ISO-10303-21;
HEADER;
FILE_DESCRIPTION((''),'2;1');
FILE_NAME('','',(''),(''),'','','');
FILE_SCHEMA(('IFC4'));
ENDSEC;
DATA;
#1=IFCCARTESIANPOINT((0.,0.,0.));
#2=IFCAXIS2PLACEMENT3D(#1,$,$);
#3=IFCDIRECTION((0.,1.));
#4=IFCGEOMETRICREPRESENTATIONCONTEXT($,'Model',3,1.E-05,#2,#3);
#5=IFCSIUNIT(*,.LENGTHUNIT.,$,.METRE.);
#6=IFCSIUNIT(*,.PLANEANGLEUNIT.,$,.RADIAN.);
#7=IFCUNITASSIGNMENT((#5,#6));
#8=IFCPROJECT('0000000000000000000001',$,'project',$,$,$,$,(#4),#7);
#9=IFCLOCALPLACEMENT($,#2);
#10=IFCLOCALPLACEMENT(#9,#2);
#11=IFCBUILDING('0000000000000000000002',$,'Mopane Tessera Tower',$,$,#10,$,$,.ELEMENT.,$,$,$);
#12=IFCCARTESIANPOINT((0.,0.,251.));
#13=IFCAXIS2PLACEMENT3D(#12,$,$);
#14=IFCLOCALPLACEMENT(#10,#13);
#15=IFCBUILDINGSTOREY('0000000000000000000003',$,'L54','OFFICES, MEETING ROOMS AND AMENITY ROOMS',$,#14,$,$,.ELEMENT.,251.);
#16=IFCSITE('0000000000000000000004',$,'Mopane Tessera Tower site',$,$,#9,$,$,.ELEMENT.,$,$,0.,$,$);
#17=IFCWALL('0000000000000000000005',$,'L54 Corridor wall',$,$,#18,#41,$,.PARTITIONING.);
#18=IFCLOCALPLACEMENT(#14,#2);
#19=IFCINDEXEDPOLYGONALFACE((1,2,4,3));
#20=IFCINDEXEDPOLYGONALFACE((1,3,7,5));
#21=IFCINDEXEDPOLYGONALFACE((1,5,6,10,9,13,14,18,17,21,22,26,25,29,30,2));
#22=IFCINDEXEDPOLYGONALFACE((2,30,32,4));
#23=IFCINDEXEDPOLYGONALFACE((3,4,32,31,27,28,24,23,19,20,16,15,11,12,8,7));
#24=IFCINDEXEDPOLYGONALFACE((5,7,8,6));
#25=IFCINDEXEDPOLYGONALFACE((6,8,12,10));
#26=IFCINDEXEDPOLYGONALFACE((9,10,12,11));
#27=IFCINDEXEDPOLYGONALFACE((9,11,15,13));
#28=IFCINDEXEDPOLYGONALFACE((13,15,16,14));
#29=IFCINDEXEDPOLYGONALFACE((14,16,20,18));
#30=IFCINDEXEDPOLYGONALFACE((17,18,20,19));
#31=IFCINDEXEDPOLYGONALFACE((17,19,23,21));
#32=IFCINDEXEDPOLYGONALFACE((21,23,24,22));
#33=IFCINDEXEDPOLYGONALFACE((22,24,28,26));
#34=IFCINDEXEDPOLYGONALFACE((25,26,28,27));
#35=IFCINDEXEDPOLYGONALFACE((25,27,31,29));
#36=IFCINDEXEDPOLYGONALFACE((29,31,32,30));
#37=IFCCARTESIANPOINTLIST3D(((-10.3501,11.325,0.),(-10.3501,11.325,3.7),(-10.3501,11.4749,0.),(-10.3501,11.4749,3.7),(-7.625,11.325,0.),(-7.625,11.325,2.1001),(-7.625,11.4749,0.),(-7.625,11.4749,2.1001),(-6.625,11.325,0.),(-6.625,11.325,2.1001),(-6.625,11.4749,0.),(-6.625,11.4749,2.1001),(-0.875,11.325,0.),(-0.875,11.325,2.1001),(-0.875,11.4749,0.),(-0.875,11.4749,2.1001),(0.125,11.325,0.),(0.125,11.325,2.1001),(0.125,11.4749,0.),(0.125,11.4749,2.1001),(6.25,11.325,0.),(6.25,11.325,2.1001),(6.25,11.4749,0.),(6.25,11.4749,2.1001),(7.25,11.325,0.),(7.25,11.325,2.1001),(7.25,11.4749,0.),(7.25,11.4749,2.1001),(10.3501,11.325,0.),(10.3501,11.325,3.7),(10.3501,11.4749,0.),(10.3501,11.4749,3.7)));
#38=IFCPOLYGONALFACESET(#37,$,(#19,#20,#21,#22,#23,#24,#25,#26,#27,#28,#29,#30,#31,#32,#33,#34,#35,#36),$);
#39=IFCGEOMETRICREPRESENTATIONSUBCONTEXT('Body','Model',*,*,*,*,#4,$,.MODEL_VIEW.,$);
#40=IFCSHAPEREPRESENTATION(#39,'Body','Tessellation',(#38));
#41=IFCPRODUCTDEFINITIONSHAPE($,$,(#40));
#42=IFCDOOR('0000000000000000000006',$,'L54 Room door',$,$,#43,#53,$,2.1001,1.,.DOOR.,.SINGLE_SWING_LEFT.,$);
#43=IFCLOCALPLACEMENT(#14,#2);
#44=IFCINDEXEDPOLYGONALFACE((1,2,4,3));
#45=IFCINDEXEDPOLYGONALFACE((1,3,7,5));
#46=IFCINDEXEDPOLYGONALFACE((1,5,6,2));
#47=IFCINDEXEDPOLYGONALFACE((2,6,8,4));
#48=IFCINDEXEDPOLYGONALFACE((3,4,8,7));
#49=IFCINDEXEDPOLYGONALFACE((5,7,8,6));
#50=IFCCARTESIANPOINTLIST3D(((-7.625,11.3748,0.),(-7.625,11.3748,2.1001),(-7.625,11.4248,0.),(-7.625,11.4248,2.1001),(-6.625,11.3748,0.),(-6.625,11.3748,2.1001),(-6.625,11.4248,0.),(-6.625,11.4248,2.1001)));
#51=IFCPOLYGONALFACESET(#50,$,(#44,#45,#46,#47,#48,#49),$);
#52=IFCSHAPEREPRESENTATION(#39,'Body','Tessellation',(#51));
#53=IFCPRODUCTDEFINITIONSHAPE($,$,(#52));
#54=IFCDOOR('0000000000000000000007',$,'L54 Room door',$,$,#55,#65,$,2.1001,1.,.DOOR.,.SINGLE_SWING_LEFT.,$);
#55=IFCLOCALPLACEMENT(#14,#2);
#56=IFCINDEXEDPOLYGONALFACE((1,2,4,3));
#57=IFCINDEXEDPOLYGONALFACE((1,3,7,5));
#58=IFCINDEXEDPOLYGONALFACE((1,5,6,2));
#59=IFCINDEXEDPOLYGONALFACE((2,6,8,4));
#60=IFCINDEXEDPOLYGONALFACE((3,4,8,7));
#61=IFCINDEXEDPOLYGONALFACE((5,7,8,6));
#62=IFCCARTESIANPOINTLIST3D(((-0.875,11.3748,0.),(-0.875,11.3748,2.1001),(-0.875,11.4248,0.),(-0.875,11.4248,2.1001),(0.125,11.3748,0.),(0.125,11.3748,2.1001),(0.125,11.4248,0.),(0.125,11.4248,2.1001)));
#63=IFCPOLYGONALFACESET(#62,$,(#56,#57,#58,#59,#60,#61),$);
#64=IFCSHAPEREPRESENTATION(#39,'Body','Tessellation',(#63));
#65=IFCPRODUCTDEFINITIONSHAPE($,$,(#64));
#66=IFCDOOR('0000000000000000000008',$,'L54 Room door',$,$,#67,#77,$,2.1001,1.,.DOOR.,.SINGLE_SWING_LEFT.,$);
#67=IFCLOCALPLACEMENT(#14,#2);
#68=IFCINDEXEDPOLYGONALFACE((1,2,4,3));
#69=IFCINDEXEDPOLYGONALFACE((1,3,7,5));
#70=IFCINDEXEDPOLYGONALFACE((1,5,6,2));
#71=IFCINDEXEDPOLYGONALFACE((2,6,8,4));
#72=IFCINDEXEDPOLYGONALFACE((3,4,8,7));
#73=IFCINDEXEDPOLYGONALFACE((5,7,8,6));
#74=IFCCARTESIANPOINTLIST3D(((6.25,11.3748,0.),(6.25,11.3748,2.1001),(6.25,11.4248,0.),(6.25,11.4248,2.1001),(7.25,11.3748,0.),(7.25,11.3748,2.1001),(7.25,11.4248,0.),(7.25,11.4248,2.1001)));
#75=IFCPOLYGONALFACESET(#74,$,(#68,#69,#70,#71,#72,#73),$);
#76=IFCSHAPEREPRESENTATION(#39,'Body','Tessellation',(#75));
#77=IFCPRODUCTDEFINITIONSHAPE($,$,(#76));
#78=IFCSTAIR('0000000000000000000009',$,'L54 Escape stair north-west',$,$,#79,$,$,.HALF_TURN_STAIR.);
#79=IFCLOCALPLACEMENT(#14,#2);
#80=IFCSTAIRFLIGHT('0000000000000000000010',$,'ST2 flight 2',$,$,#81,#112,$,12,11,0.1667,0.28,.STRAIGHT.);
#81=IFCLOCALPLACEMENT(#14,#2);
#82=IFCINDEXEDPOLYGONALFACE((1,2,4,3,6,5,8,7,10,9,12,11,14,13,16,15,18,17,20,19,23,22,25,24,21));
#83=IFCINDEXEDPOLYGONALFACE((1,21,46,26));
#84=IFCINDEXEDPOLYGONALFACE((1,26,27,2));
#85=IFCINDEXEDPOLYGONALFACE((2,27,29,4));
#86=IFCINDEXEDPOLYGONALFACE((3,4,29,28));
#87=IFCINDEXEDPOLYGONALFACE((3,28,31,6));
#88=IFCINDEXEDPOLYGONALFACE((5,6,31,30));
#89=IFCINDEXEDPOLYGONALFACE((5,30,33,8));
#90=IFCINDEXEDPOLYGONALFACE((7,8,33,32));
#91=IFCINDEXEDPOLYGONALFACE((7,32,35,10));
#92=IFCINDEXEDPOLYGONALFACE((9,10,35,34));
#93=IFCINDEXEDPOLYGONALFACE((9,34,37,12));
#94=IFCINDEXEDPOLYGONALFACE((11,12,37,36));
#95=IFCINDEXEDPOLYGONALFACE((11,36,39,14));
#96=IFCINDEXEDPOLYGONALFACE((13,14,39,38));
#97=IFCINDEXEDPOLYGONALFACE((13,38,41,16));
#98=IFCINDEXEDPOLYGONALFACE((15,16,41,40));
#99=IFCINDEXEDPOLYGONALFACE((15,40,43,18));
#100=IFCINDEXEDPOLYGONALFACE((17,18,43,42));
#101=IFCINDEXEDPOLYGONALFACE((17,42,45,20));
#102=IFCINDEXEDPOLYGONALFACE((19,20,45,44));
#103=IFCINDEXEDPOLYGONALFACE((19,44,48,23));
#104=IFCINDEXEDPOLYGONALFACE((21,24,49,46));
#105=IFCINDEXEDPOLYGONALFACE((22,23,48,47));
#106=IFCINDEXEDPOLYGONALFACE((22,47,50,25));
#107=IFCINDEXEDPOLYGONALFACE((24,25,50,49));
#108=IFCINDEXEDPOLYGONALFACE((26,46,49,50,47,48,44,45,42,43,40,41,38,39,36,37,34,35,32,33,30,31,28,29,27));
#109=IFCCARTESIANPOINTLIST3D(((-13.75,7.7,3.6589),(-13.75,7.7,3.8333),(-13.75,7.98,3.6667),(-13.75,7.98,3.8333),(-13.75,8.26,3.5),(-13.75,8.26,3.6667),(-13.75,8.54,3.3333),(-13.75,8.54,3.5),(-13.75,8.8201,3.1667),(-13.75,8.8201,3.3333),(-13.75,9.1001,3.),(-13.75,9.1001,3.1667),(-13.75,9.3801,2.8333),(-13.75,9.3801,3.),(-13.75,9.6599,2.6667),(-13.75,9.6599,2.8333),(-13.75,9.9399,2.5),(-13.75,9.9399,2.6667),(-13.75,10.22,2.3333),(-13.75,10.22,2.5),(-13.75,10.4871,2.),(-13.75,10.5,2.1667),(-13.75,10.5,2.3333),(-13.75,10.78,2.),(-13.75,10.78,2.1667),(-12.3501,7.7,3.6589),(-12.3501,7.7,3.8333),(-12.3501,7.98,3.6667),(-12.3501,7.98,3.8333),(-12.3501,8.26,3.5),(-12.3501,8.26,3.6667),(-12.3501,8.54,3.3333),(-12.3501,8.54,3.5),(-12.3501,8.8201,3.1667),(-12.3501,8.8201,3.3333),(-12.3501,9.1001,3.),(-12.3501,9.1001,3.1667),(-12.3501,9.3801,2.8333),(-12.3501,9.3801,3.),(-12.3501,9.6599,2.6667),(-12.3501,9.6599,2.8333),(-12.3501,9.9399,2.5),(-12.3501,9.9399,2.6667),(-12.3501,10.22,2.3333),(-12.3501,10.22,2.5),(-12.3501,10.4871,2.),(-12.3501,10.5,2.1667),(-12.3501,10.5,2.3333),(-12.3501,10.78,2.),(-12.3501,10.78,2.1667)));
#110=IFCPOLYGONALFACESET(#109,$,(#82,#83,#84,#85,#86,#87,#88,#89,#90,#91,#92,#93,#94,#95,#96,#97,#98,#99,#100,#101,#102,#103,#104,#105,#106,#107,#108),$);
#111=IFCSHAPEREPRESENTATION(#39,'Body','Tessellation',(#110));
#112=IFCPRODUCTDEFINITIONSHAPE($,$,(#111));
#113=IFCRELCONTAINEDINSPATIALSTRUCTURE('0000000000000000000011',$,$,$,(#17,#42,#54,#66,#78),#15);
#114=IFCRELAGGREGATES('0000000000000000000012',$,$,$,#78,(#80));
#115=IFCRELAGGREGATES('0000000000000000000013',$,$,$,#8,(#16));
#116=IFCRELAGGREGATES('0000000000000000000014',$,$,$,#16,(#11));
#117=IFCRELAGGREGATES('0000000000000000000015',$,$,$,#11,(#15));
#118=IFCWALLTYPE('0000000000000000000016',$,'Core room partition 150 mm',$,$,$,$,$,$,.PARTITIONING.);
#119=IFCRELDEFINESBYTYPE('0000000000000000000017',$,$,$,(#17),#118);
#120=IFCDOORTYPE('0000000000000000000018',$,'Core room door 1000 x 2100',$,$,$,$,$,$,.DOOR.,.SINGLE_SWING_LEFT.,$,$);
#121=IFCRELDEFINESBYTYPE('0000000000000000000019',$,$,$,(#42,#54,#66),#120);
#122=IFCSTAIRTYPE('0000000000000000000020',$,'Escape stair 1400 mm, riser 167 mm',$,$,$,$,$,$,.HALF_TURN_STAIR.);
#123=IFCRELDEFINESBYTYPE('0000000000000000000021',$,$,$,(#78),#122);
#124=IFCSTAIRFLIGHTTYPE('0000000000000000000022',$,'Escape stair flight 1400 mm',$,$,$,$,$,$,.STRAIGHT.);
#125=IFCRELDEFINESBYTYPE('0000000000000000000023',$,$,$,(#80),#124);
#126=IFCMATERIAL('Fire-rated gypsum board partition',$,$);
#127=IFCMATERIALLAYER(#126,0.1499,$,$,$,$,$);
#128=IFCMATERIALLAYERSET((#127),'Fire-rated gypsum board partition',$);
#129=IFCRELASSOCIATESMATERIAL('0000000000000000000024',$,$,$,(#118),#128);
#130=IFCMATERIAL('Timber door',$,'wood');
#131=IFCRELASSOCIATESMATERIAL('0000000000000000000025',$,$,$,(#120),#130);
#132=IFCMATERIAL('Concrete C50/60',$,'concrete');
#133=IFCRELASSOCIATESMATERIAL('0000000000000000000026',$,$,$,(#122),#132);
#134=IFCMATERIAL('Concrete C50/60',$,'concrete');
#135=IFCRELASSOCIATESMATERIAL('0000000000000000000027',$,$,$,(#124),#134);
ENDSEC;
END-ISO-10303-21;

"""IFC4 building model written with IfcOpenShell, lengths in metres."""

from ifc_helpers import new_model, si_unit, direction, frame, frame_2d, origin, place, context, subcontext, project, spatial, polyline, rectangle, outline, extrude, material, layer, layer_set, type_object, element, fill, aggregate, save


model = new_model("IFC4")

# Units and contexts
model_context = context("Model", 3, precision=1e-05, world=origin(), true_north=direction((0.0, 1.0)))
body_context = subcontext(model_context, "Body", "Model", "MODEL_VIEW")
ifc_project = project(units=[si_unit("LENGTHUNIT", "METRE"), si_unit("PLANEANGLEUNIT", "RADIAN")], contexts=[model_context])

# Site, building, storey
site_placement = place(None, origin())
site = spatial("IfcSite", under=ifc_project, at=site_placement, Name="Mopane Tessera Tower site", CompositionType="ELEMENT", RefElevation=0.0)
building_placement = place(site_placement, origin())
building = spatial("IfcBuilding", under=site, at=building_placement, Name="Mopane Tessera Tower", CompositionType="ELEMENT")
storey_placement = place(building_placement, frame((0.0, 0.0, 251.0)))
storey = spatial("IfcBuildingStorey", under=building, at=storey_placement, Name="L54", Description="OFFICES, MEETING ROOMS AND AMENITY ROOMS", CompositionType="ELEMENT", Elevation=251.0)

# Shared definitions
ifc_material_1 = material(Name="Fire-rated gypsum board partition")
ifc_layer_1 = layer(ifc_material_1, 0.1499)
ifc_layer_set_1 = layer_set([ifc_layer_1], Name="Fire-rated gypsum board partition")
wall_type = type_object("IfcWallType", Name="Core room partition 150 mm", PredefinedType="PARTITIONING", material=ifc_layer_set_1)

# Wall, openings, doors
wall_1_placement = place(storey_placement, frame((-10.3501, 11.3999, 0.0), z_axis=(0.0, 0.0, 1.0), x_axis=(1.0, 0.0, 0.0)))
wall_1 = element("IfcWall", 1, at=wall_1_placement, inside=storey, type_object=wall_type, Name="L54 Corridor wall", PredefinedType="PARTITIONING", context=body_context, shape_type="SweptSolid", body=[
    extrude(rectangle(XDim=20.7002, YDim=0.1499, at=frame_2d((10.3501, 0.0))), origin(), (0.0, 0.0, 1.0), 3.7),
])
opening_1_placement = place(wall_1_placement, frame((2.7251, 0.0, 0.0)))
opening_1 = element("IfcOpeningElement", 2, at=opening_1_placement, cuts=wall_1, PredefinedType="OPENING", context=body_context, shape_type="SweptSolid", body=[
    extrude(rectangle(XDim=1.0, YDim=2.1001, at=frame_2d((0.5, 1.05))), frame((0.0, 0.0869, 0.0), z_axis=(0.0, -1.0, 0.0), x_axis=(1.0, 0.0, 0.0)), (0.0, 0.0, 1.0), 0.1738),
])
opening_2_placement = place(wall_1_placement, frame((9.4751, 0.0, 0.0)))
opening_2 = element("IfcOpeningElement", 3, at=opening_2_placement, cuts=wall_1, PredefinedType="OPENING", context=body_context, shape_type="SweptSolid", body=[
    extrude(rectangle(XDim=1.0, YDim=2.1001, at=frame_2d((0.5, 1.05))), frame((0.0, 0.0869, 0.0), z_axis=(0.0, -1.0, 0.0), x_axis=(1.0, 0.0, 0.0)), (0.0, 0.0, 1.0), 0.1738),
])
opening_3_placement = place(wall_1_placement, frame((16.6001, 0.0, 0.0)))
opening_3 = element("IfcOpeningElement", 4, at=opening_3_placement, cuts=wall_1, PredefinedType="OPENING", context=body_context, shape_type="SweptSolid", body=[
    extrude(rectangle(XDim=1.0, YDim=2.1001, at=frame_2d((0.5, 1.05))), frame((0.0, 0.0869, 0.0), z_axis=(0.0, -1.0, 0.0), x_axis=(1.0, 0.0, 0.0)), (0.0, 0.0, 1.0), 0.1738),
])
ifc_material_2 = material(Name="Timber door", Category="wood")
door_type = type_object("IfcDoorType", Name="Core room door 1000 x 2100", OperationType="SINGLE_SWING_LEFT", PredefinedType="DOOR", material=ifc_material_2)
door_1_placement = place(opening_1_placement, origin())
door_1 = element("IfcDoor", 5, at=door_1_placement, inside=storey, type_object=door_type, Name="L54 Room door", OperationType="SINGLE_SWING_LEFT", OverallHeight=2.1001, OverallWidth=1.0, PredefinedType="DOOR", context=body_context, shape_type="SweptSolid", body=[
    extrude(rectangle(XDim=1.0, YDim=2.1001, at=frame_2d((0.5, 1.05))), frame((0.0, 0.0249, 0.0), z_axis=(0.0, -1.0, 0.0), x_axis=(1.0, 0.0, 0.0)), (0.0, 0.0, 1.0), 0.05),
])
fill(opening_1, door_1)
door_2_placement = place(opening_2_placement, origin())
door_2 = element("IfcDoor", 6, at=door_2_placement, inside=storey, type_object=door_type, Name="L54 Room door", OperationType="SINGLE_SWING_LEFT", OverallHeight=2.1001, OverallWidth=1.0, PredefinedType="DOOR", context=body_context, shape_type="SweptSolid", body=[
    extrude(rectangle(XDim=1.0, YDim=2.1001, at=frame_2d((0.5, 1.05))), frame((0.0, 0.0249, 0.0), z_axis=(0.0, -1.0, 0.0), x_axis=(1.0, 0.0, 0.0)), (0.0, 0.0, 1.0), 0.05),
])
fill(opening_2, door_2)
door_3_placement = place(opening_3_placement, origin())
door_3 = element("IfcDoor", 7, at=door_3_placement, inside=storey, type_object=door_type, Name="L54 Room door", OperationType="SINGLE_SWING_LEFT", OverallHeight=2.1001, OverallWidth=1.0, PredefinedType="DOOR", context=body_context, shape_type="SweptSolid", body=[
    extrude(rectangle(XDim=1.0, YDim=2.1001, at=frame_2d((0.5, 1.05))), frame((0.0, 0.0249, 0.0), z_axis=(0.0, -1.0, 0.0), x_axis=(1.0, 0.0, 0.0)), (0.0, 0.0, 1.0), 0.05),
])
fill(opening_3, door_3)

# Stair, stair flight
ifc_material_3 = material(Name="Concrete C50/60", Category="concrete")
stair_type = type_object("IfcStairType", Name="Escape stair 1400 mm, riser 167 mm", PredefinedType="HALF_TURN_STAIR", material=ifc_material_3)
stair_placement = place(storey_placement, origin())
stair = element("IfcStair", 8, at=stair_placement, inside=storey, type_object=stair_type, Name="L54 Escape stair north-west", PredefinedType="HALF_TURN_STAIR")
ifc_material_4 = material(Name="Concrete C50/60", Category="concrete")
stair_flight_type = type_object("IfcStairFlightType", Name="Escape stair flight 1400 mm", PredefinedType="STRAIGHT", material=ifc_material_4)
stair_flight_placement = place(storey_placement, frame((-13.05, 10.78, 2.0), z_axis=(0.0, 0.0, 1.0), x_axis=(0.0, -1.0, 0.0)))
stair_flight = element("IfcStairFlight", 9, at=stair_flight_placement, type_object=stair_flight_type, Name="ST2 flight 2", NumberOfRisers=12, NumberOfTreads=11, PredefinedType="STRAIGHT", RiserHeight=0.1667, TreadLength=0.28, context=body_context, shape_type="SweptSolid", body=[
    extrude(outline(polyline([(0.0, 0.0), (0.0, 0.1667), (0.28, 0.1667), (0.28, 0.3333), (0.5601, 0.3333), (0.5601, 0.5), (0.8401, 0.5), (0.8401, 0.6667), (1.1201, 0.6667), (1.1201, 0.8333), (1.3999, 0.8333), (1.3999, 1.0), (1.6799, 1.0), (1.6799, 1.1667), (1.96, 1.1667), (1.96, 1.3333), (2.24, 1.3333), (2.24, 1.5), (2.52, 1.5), (2.52, 1.6667), (2.8, 1.6667), (2.8, 1.8333), (3.0801, 1.8333), (3.0801, 2.0), (3.0801, 1.6589), (0.293, 0.0), (0.0, 0.0)])), frame((0.0, 0.7, 0.0), z_axis=(0.0, -1.0, 0.0), x_axis=(1.0, 0.0, 0.0)), (0.0, 0.0, 1.0), 1.3999),
])
aggregate(stair, [stair_flight])

save(model, "model.ifc")
